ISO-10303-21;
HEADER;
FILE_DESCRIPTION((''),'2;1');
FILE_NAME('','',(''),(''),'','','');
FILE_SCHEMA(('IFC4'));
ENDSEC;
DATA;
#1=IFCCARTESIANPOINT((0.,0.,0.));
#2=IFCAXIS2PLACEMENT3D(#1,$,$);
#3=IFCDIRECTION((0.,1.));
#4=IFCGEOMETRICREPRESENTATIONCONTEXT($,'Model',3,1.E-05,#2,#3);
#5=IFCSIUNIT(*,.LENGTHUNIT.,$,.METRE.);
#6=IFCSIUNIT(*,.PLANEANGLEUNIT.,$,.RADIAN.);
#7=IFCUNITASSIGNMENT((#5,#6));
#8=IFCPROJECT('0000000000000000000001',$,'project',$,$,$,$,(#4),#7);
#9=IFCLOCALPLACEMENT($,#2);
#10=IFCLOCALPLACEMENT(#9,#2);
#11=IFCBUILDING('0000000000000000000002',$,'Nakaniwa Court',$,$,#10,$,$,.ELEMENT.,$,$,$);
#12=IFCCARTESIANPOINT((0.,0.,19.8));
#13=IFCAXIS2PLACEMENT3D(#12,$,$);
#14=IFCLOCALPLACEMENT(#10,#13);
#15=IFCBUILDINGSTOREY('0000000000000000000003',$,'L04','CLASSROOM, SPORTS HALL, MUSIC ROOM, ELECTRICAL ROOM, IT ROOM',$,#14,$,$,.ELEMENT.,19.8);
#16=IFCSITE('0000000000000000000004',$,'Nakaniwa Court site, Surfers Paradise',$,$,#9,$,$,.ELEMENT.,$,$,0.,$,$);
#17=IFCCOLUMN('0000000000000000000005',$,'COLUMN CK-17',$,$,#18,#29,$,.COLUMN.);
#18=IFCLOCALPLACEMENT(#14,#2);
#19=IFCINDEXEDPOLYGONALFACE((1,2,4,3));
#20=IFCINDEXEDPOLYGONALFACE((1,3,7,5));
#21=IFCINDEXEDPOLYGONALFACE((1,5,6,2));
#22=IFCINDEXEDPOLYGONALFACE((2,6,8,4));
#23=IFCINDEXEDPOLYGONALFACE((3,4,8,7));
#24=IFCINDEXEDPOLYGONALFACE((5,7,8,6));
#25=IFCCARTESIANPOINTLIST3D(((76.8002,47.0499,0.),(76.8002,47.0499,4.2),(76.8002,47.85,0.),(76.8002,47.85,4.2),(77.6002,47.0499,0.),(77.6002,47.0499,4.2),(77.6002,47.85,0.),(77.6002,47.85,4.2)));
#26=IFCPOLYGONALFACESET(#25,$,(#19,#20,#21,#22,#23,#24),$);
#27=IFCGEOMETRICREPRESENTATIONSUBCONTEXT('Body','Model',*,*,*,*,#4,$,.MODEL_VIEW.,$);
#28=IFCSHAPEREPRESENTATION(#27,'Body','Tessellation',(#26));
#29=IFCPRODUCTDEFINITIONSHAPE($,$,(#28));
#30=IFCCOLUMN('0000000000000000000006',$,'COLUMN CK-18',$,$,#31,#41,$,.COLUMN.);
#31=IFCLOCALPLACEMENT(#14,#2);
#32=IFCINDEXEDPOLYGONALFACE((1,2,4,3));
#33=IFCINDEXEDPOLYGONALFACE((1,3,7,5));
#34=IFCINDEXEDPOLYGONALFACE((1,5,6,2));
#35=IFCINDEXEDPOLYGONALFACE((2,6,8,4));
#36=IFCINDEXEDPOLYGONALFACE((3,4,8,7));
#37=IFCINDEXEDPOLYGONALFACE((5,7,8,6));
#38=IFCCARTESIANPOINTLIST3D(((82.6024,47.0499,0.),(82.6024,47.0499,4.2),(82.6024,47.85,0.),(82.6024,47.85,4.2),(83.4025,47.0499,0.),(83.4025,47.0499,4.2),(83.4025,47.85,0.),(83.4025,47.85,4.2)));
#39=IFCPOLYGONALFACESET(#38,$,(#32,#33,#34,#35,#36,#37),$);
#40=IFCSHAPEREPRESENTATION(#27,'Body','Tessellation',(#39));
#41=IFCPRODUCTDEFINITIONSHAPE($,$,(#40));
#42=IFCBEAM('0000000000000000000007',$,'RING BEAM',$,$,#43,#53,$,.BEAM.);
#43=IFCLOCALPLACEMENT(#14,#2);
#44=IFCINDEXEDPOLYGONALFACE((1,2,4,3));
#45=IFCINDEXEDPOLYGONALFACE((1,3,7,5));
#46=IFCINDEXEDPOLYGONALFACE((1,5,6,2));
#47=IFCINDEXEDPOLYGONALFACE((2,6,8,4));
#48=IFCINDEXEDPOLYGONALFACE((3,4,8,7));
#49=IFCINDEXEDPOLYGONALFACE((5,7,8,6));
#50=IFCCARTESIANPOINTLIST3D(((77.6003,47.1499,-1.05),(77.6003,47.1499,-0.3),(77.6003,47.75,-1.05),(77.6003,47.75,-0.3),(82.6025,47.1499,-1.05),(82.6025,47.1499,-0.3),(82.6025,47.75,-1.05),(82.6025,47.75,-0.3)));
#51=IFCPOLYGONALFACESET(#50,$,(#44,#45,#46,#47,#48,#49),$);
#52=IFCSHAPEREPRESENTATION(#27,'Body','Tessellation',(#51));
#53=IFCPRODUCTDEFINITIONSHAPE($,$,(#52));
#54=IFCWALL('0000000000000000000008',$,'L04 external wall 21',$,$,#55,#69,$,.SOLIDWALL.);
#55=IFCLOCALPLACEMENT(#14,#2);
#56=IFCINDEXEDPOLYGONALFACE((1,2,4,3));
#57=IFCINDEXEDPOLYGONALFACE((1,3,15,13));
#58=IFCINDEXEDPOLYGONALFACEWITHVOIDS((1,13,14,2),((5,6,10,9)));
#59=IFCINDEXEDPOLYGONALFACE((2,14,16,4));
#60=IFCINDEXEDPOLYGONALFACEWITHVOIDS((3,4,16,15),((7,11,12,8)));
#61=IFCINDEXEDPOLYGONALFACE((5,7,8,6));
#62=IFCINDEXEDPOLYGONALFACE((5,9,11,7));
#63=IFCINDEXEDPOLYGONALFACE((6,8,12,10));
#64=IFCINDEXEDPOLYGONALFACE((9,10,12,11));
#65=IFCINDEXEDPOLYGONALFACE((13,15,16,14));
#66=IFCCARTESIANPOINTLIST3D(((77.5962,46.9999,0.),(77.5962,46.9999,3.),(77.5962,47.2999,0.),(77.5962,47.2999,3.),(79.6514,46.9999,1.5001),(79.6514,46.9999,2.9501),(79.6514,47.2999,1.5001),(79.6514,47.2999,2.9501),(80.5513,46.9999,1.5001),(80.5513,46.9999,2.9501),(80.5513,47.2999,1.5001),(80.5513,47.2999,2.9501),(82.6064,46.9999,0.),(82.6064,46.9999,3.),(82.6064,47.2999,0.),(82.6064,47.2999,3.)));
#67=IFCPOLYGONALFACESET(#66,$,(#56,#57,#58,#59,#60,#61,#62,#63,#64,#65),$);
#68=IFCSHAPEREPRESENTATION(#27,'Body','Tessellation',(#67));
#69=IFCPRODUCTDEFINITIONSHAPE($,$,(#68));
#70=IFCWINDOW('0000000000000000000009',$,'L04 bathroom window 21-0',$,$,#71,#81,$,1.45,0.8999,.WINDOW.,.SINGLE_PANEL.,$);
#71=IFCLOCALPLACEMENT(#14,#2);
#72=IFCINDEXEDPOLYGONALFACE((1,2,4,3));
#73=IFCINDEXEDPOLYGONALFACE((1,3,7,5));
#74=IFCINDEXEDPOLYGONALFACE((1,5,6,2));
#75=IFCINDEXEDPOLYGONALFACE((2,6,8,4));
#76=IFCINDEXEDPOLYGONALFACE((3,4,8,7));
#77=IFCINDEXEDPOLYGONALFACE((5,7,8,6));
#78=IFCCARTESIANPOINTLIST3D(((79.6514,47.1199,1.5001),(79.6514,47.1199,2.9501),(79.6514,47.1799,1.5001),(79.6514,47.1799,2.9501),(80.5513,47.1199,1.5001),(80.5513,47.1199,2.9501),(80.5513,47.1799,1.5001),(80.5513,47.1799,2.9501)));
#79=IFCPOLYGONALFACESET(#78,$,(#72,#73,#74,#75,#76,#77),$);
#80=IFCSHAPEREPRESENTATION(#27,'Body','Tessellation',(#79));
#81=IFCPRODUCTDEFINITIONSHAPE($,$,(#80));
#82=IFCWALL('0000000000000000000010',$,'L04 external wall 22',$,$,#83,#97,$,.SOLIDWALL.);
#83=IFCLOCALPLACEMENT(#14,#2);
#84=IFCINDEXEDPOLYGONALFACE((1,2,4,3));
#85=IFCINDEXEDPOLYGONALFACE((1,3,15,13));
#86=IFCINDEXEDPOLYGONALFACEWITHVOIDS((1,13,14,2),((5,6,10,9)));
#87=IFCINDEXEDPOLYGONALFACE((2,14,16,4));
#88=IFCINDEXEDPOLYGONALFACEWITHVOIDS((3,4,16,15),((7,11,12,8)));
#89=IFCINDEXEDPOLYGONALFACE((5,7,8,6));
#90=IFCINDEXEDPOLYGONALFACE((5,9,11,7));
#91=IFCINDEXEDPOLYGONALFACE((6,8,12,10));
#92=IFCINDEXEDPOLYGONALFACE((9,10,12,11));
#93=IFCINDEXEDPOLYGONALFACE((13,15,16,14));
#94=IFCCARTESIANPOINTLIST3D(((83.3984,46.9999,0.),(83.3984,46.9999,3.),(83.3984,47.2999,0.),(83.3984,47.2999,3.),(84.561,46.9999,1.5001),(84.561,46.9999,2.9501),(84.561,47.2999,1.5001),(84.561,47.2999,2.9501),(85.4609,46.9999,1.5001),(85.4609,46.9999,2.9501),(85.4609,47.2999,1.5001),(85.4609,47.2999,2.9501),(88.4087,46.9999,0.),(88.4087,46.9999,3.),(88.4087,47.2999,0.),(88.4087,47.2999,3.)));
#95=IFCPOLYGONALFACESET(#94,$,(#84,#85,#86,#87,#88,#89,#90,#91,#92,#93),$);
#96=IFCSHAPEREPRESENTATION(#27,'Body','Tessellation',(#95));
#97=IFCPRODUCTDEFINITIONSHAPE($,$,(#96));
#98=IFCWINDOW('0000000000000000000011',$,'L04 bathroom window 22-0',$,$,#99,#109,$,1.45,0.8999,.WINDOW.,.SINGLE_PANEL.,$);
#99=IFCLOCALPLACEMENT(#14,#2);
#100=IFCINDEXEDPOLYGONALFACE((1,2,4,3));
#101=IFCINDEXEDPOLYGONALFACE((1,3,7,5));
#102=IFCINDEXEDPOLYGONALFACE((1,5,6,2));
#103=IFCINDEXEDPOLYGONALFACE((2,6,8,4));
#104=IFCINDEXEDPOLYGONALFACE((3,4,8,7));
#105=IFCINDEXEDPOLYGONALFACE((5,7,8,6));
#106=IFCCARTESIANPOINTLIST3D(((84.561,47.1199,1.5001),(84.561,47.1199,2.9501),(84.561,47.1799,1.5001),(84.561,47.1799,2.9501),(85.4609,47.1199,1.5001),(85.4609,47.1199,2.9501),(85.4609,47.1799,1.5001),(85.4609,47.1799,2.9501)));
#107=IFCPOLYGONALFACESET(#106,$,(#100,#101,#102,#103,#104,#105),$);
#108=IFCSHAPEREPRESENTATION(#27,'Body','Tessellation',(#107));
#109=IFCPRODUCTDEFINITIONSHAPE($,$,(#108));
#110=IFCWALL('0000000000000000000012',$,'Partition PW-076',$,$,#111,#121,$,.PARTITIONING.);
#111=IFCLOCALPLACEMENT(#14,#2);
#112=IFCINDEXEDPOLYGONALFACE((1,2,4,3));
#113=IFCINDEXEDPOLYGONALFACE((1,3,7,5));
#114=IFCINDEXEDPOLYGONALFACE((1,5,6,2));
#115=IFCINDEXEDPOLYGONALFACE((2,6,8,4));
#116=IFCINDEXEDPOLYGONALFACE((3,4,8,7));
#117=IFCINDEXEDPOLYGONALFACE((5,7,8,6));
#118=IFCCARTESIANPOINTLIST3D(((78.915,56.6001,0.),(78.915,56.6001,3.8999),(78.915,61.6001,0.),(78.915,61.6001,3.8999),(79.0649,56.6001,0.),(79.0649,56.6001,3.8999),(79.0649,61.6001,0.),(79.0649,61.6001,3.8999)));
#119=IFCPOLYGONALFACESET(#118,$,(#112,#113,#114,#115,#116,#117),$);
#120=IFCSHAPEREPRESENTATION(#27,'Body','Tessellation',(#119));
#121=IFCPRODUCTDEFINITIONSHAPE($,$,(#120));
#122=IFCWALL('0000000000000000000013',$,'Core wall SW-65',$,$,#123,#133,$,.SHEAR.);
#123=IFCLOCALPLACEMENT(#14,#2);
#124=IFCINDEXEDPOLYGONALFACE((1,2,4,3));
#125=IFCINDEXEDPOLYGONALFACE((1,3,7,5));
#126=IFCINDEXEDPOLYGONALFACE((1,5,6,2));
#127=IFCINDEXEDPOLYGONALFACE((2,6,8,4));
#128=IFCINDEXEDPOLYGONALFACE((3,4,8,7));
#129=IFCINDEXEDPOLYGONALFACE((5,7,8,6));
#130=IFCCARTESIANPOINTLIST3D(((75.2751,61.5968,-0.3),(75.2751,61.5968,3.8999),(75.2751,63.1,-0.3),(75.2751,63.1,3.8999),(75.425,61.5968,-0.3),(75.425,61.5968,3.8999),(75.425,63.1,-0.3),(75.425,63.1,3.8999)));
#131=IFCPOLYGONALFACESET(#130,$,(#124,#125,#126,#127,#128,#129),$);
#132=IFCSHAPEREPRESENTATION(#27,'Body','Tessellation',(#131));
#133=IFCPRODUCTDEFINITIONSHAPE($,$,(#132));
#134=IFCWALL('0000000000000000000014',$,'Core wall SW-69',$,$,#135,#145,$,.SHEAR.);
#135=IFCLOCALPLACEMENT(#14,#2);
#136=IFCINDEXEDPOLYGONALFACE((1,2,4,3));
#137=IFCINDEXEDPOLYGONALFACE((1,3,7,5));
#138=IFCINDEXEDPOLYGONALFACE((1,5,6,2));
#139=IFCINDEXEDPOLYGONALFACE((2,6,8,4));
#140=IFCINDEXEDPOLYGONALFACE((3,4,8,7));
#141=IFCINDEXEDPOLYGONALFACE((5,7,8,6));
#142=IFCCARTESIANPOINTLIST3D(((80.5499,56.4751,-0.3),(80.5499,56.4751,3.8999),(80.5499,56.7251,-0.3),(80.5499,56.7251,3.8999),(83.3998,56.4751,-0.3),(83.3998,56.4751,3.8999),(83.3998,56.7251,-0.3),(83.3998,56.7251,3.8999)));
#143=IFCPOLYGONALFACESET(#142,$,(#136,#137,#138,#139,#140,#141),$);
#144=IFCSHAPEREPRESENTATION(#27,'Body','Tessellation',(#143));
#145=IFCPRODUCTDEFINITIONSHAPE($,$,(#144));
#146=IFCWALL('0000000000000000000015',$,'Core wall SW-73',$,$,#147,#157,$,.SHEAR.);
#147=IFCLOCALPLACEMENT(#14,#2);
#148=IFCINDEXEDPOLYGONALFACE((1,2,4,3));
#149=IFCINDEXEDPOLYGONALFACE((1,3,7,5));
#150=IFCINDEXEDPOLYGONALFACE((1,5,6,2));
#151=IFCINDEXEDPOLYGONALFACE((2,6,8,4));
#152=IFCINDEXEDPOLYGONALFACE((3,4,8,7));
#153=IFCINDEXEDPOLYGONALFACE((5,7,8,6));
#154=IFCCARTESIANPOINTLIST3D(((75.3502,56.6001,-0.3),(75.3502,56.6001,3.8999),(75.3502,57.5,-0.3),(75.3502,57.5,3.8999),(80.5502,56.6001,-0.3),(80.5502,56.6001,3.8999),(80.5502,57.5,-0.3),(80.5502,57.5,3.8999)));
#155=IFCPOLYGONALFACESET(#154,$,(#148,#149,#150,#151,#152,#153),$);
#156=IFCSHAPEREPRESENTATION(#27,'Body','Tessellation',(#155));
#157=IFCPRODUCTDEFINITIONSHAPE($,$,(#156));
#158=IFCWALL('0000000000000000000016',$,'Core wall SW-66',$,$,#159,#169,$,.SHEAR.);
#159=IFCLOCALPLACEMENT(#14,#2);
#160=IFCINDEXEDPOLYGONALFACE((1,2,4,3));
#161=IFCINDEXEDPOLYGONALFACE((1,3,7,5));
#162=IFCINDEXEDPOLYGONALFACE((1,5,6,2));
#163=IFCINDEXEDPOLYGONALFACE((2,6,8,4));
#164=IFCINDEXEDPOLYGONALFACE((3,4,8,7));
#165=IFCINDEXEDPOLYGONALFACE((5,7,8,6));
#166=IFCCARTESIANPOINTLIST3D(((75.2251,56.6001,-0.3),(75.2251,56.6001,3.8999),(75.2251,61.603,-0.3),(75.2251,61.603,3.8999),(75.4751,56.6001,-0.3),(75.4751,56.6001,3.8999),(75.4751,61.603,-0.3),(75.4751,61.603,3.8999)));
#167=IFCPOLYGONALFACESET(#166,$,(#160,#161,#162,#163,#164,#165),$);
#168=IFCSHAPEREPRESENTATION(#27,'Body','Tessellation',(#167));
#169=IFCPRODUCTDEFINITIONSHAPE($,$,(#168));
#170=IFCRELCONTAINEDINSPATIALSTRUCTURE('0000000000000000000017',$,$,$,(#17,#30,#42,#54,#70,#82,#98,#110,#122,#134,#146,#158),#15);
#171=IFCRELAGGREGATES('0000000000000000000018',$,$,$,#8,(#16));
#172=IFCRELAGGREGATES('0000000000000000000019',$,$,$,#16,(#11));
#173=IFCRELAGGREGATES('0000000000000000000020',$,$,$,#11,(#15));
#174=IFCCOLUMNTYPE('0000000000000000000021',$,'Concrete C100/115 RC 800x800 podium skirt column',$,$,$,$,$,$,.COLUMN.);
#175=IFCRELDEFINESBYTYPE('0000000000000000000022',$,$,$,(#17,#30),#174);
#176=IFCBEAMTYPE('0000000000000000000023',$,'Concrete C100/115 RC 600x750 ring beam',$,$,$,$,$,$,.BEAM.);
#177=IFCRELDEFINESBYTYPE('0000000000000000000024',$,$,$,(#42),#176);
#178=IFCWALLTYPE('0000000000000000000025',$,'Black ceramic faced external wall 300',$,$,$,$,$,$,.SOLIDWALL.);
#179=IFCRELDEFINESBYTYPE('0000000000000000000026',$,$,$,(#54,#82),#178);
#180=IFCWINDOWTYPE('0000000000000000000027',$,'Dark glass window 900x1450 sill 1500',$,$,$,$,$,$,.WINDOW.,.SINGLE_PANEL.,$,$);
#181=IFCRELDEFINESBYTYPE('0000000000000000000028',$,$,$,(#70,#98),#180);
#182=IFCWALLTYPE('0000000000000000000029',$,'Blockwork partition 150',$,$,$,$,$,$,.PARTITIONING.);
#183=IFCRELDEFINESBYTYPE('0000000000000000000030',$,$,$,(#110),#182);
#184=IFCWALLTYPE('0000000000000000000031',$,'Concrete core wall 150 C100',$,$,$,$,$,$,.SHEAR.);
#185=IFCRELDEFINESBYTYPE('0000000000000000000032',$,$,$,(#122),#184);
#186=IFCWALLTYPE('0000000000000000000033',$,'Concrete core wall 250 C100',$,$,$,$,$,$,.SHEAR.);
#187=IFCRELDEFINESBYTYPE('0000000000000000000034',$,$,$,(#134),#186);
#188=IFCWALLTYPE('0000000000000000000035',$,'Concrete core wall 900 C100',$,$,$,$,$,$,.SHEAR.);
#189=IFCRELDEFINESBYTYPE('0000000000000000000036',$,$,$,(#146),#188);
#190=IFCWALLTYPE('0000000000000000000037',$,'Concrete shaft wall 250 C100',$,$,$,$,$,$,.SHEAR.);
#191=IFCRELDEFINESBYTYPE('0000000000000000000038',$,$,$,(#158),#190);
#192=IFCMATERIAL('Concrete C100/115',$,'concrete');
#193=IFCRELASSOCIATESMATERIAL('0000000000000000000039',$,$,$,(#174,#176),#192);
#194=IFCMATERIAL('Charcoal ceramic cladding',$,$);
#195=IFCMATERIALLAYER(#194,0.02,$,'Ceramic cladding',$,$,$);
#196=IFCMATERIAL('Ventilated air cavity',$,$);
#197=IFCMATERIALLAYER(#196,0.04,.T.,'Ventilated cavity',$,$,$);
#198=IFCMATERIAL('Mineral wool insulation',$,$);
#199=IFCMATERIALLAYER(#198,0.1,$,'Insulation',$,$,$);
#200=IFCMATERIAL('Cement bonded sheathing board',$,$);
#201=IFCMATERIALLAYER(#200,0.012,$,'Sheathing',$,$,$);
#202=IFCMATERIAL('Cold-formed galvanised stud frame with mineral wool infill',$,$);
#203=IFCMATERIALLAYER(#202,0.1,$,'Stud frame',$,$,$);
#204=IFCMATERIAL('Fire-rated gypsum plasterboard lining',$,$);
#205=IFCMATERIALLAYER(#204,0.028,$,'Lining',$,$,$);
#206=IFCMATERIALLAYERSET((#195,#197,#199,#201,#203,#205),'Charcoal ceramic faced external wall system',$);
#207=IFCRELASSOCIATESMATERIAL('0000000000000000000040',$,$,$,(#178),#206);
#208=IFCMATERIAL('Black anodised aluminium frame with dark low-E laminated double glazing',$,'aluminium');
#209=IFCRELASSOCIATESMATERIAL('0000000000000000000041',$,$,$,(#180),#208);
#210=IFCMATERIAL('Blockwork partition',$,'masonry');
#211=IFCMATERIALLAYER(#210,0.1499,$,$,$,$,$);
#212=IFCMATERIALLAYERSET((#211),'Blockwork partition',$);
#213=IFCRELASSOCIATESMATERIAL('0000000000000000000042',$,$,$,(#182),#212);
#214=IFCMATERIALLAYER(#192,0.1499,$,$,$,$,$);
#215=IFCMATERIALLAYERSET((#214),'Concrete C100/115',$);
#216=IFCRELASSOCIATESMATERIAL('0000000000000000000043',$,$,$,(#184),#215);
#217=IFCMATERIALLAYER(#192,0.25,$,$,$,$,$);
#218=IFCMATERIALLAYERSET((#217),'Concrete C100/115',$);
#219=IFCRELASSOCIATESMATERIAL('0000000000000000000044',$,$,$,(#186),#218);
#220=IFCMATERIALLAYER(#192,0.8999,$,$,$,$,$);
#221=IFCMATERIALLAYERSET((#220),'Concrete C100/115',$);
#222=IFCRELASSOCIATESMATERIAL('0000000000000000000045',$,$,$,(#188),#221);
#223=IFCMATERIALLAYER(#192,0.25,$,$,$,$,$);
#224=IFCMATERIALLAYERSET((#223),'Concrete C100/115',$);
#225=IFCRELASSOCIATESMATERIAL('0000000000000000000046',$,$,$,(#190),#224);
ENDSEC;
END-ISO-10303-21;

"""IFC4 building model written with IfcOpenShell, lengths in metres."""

from ifc_helpers import new_model, si_unit, direction, frame, frame_2d, origin, origin_2d, place, context, subcontext, project, spatial, rectangle, extrude, material, layer, layer_set, material_profile, profile_set, type_object, element, fill, save


model = new_model("IFC4")

# Units and contexts
model_context = context("Model", 3, precision=1e-05, world=origin(), true_north=direction((0.0, 1.0)))
body_context = subcontext(model_context, "Body", "Model", "MODEL_VIEW")
ifc_project = project(units=[si_unit("LENGTHUNIT", "METRE"), si_unit("PLANEANGLEUNIT", "RADIAN")], contexts=[model_context])

# Site, building, storey
site_placement = place(None, origin())
site = spatial("IfcSite", under=ifc_project, at=site_placement, Name="Nakaniwa Court site, Surfers Paradise", CompositionType="ELEMENT", RefElevation=0.0)
building_placement = place(site_placement, origin())
building = spatial("IfcBuilding", under=site, at=building_placement, Name="Nakaniwa Court", CompositionType="ELEMENT")
storey_placement = place(building_placement, frame((0.0, 0.0, 19.8)))
storey = spatial("IfcBuildingStorey", under=building, at=storey_placement, Name="L04", Description="CLASSROOM, SPORTS HALL, MUSIC ROOM, ELECTRICAL ROOM, IT ROOM", CompositionType="ELEMENT", Elevation=19.8)

# Columns
ifc_material_1 = material(Name="Concrete C100/115", Category="concrete")
ifc_material_profile_1 = material_profile(ifc_material_1, rectangle(XDim=0.8, YDim=0.8, at=origin_2d()), Name="Concrete C100/115 RC 800x800 podium skirt column")
ifc_profile_set_1 = profile_set([ifc_material_profile_1], Name="Concrete C100/115")
column_type = type_object("IfcColumnType", Name="Concrete C100/115 RC 800x800 podium skirt column", PredefinedType="COLUMN", material=ifc_profile_set_1)
for number, where, z_axis, x_axis, name in (
    (1, (77.2002, 47.45, 0.0), (0.0, 0.0, 1.0), (1.0, 0.0, 0.0), "COLUMN CK-17"),
    (2, (83.0024, 47.45, 0.0), (0.0, 0.0, 1.0), (1.0, 0.0, 0.0), "COLUMN CK-18"),
):
    element("IfcColumn", number, at=place(storey_placement, frame(where, z_axis=z_axis, x_axis=x_axis)), inside=storey, type_object=column_type, Name=name, PredefinedType="COLUMN", context=body_context, shape_type="SweptSolid", body=[
        extrude(rectangle(XDim=0.8, YDim=0.8, at=origin_2d()), origin(), (0.0, 0.0, 1.0), 4.2),
    ])

# Beam
ifc_material_profile_2 = material_profile(ifc_material_1, rectangle(XDim=0.6001, YDim=0.75, at=origin_2d()), Name="Concrete C100/115 RC 600x750 ring beam")
ifc_profile_set_2 = profile_set([ifc_material_profile_2], Name="Concrete C100/115")
beam_type = type_object("IfcBeamType", Name="Concrete C100/115 RC 600x750 ring beam", PredefinedType="BEAM", material=ifc_profile_set_2)
beam_placement = place(storey_placement, frame((77.6003, 47.45, -0.675), z_axis=(1.0, 0.0, 0.0), x_axis=(0.0, 1.0, 0.0)))
element("IfcBeam", 3, at=beam_placement, inside=storey, type_object=beam_type, Name="RING BEAM", PredefinedType="BEAM", context=body_context, shape_type="SweptSolid", body=[
    extrude(rectangle(XDim=0.6001, YDim=0.75, at=origin_2d()), origin(), (0.0, 0.0, 1.0), 5.0022),
])

# Walls, openings, windows
ifc_material_2 = material(Name="Charcoal ceramic cladding")
ifc_layer_1 = layer(ifc_material_2, 0.02, Name="Ceramic cladding")
ifc_material_3 = material(Name="Ventilated air cavity")
ifc_layer_2 = layer(ifc_material_3, 0.04, ventilated=True, Name="Ventilated cavity")
ifc_material_4 = material(Name="Mineral wool insulation")
ifc_layer_3 = layer(ifc_material_4, 0.1, Name="Insulation")
ifc_material_5 = material(Name="Cement bonded sheathing board")
ifc_layer_4 = layer(ifc_material_5, 0.012, Name="Sheathing")
ifc_material_6 = material(Name="Cold-formed galvanised stud frame with mineral wool infill")
ifc_layer_5 = layer(ifc_material_6, 0.1, Name="Stud frame")
ifc_material_7 = material(Name="Fire-rated gypsum plasterboard lining")
ifc_layer_6 = layer(ifc_material_7, 0.028, Name="Lining")
ifc_layer_set_1 = layer_set([ifc_layer_1, ifc_layer_2, ifc_layer_3, ifc_layer_4, ifc_layer_5, ifc_layer_6], Name="Charcoal ceramic faced external wall system")
wall_type_1 = type_object("IfcWallType", Name="Black ceramic faced external wall 300", PredefinedType="SOLIDWALL", material=ifc_layer_set_1)
wall_1_placement = place(storey_placement, frame((77.5962, 47.1499, 0.0), z_axis=(0.0, 0.0, 1.0), x_axis=(1.0, 0.0, 0.0)))
wall_1 = element("IfcWall", 4, at=wall_1_placement, inside=storey, type_object=wall_type_1, Name="L04 external wall 21", PredefinedType="SOLIDWALL", context=body_context, shape_type="SweptSolid", body=[
    extrude(rectangle(XDim=5.0103, YDim=0.3, at=frame_2d((2.5051, 0.0))), origin(), (0.0, 0.0, 1.0), 3.0),
])
opening_1_placement = place(wall_1_placement, frame((2.0552, 0.0, 1.5)))
opening_1 = element("IfcOpeningElement", 5, at=opening_1_placement, cuts=wall_1, PredefinedType="OPENING", context=body_context, shape_type="SweptSolid", body=[
    extrude(rectangle(XDim=0.8999, YDim=1.45, at=frame_2d((0.45, 0.7251))), frame((0.0, 0.1599, 0.0), z_axis=(0.0, -1.0, 0.0), x_axis=(1.0, 0.0, 0.0)), (0.0, 0.0, 1.0), 0.3201),
])
ifc_material_8 = material(Name="Black anodised aluminium frame with dark low-E laminated double glazing", Category="aluminium")
window_type = type_object("IfcWindowType", Name="Dark glass window 900x1450 sill 1500", PartitioningType="SINGLE_PANEL", PredefinedType="WINDOW", material=ifc_material_8)
window_1_placement = place(opening_1_placement, origin())
window_1 = element("IfcWindow", 6, at=window_1_placement, inside=storey, type_object=window_type, Name="L04 bathroom window 21-0", OverallHeight=1.45, OverallWidth=0.8999, PartitioningType="SINGLE_PANEL", PredefinedType="WINDOW", context=body_context, shape_type="SweptSolid", body=[
    extrude(rectangle(XDim=0.8999, YDim=1.45, at=frame_2d((0.45, 0.7251))), frame((0.0, 0.03, 0.0), z_axis=(0.0, -1.0, 0.0), x_axis=(1.0, 0.0, 0.0)), (0.0, 0.0, 1.0), 0.0601),
])
fill(opening_1, window_1)
wall_2_placement = place(storey_placement, frame((83.3984, 47.1499, 0.0), z_axis=(0.0, 0.0, 1.0), x_axis=(1.0, 0.0, 0.0)))
wall_2 = element("IfcWall", 7, at=wall_2_placement, inside=storey, type_object=wall_type_1, Name="L04 external wall 22", PredefinedType="SOLIDWALL", context=body_context, shape_type="SweptSolid", body=[
    extrude(rectangle(XDim=5.0103, YDim=0.3, at=frame_2d((2.5051, 0.0))), origin(), (0.0, 0.0, 1.0), 3.0),
])
opening_2_placement = place(wall_2_placement, frame((1.1626, 0.0, 1.5)))
opening_2 = element("IfcOpeningElement", 8, at=opening_2_placement, cuts=wall_2, PredefinedType="OPENING", context=body_context, shape_type="SweptSolid", body=[
    extrude(rectangle(XDim=0.8999, YDim=1.45, at=frame_2d((0.45, 0.7251))), frame((0.0, 0.1599, 0.0), z_axis=(0.0, -1.0, 0.0), x_axis=(1.0, 0.0, 0.0)), (0.0, 0.0, 1.0), 0.3201),
])
window_2_placement = place(opening_2_placement, origin())
window_2 = element("IfcWindow", 9, at=window_2_placement, inside=storey, type_object=window_type, Name="L04 bathroom window 22-0", OverallHeight=1.45, OverallWidth=0.8999, PartitioningType="SINGLE_PANEL", PredefinedType="WINDOW", context=body_context, shape_type="SweptSolid", body=[
    extrude(rectangle(XDim=0.8999, YDim=1.45, at=frame_2d((0.45, 0.7251))), frame((0.0, 0.03, 0.0), z_axis=(0.0, -1.0, 0.0), x_axis=(1.0, 0.0, 0.0)), (0.0, 0.0, 1.0), 0.0601),
])
fill(opening_2, window_2)

# Walls
ifc_material_9 = material(Name="Blockwork partition", Category="masonry")
ifc_layer_7 = layer(ifc_material_9, 0.1499)
ifc_layer_set_2 = layer_set([ifc_layer_7], Name="Blockwork partition")
wall_type_2 = type_object("IfcWallType", Name="Blockwork partition 150", PredefinedType="PARTITIONING", material=ifc_layer_set_2)
wall_3_placement = place(storey_placement, frame((78.99, 56.6001, 0.0), z_axis=(0.0, 0.0, 1.0), x_axis=(0.0, 1.0, 0.0)))
element("IfcWall", 10, at=wall_3_placement, inside=storey, type_object=wall_type_2, Name="Partition PW-076", PredefinedType="PARTITIONING", context=body_context, shape_type="SweptSolid", body=[
    extrude(rectangle(XDim=5.0, YDim=0.1499, at=frame_2d((2.5, 0.0))), origin(), (0.0, 0.0, 1.0), 3.8999),
])
ifc_layer_8 = layer(ifc_material_1, 0.1499)
ifc_layer_set_3 = layer_set([ifc_layer_8], Name="Concrete C100/115")
wall_type_3 = type_object("IfcWallType", Name="Concrete core wall 150 C100", PredefinedType="SHEAR", material=ifc_layer_set_3)
wall_4_placement = place(storey_placement, frame((75.3501, 61.5969, -0.3), z_axis=(0.0, 0.0, 1.0), x_axis=(0.0, 1.0, 0.0)))
element("IfcWall", 11, at=wall_4_placement, inside=storey, type_object=wall_type_3, Name="Core wall SW-65", PredefinedType="SHEAR", context=body_context, shape_type="SweptSolid", body=[
    extrude(rectangle(XDim=1.5032, YDim=0.1499, at=frame_2d((0.7515, 0.0))), origin(), (0.0, 0.0, 1.0), 4.2),
])
ifc_layer_9 = layer(ifc_material_1, 0.25)
ifc_layer_set_4 = layer_set([ifc_layer_9], Name="Concrete C100/115")
wall_type_4 = type_object("IfcWallType", Name="Concrete core wall 250 C100", PredefinedType="SHEAR", material=ifc_layer_set_4)
wall_5_placement = place(storey_placement, frame((80.55, 56.6001, -0.3), z_axis=(0.0, 0.0, 1.0), x_axis=(1.0, 0.0, 0.0)))
element("IfcWall", 12, at=wall_5_placement, inside=storey, type_object=wall_type_4, Name="Core wall SW-69", PredefinedType="SHEAR", context=body_context, shape_type="SweptSolid", body=[
    extrude(rectangle(XDim=2.8499, YDim=0.25, at=frame_2d((1.4248, 0.0))), origin(), (0.0, 0.0, 1.0), 4.2),
])
ifc_layer_10 = layer(ifc_material_1, 0.8999)
ifc_layer_set_5 = layer_set([ifc_layer_10], Name="Concrete C100/115")
wall_type_5 = type_object("IfcWallType", Name="Concrete core wall 900 C100", PredefinedType="SHEAR", material=ifc_layer_set_5)
wall_6_placement = place(storey_placement, frame((75.3501, 57.05, -0.3), z_axis=(0.0, 0.0, 1.0), x_axis=(1.0, 0.0, 0.0)))
element("IfcWall", 13, at=wall_6_placement, inside=storey, type_object=wall_type_5, Name="Core wall SW-73", PredefinedType="SHEAR", context=body_context, shape_type="SweptSolid", body=[
    extrude(rectangle(XDim=5.2, YDim=0.8999, at=frame_2d((2.6001, 0.0))), origin(), (0.0, 0.0, 1.0), 4.2),
])
ifc_layer_11 = layer(ifc_material_1, 0.25)
ifc_layer_set_6 = layer_set([ifc_layer_11], Name="Concrete C100/115")
wall_type_6 = type_object("IfcWallType", Name="Concrete shaft wall 250 C100", PredefinedType="SHEAR", material=ifc_layer_set_6)
for number, where, z_axis, x_axis, name in (
    (14, (75.3501, 56.6001, -0.3), (0.0, 0.0, 1.0), (0.0, 1.0, 0.0), "Core wall SW-66"),
):
    element("IfcWall", number, at=place(storey_placement, frame(where, z_axis=z_axis, x_axis=x_axis)), inside=storey, type_object=wall_type_6, Name=name, PredefinedType="SHEAR", context=body_context, shape_type="SweptSolid", body=[
        extrude(rectangle(XDim=5.0029, YDim=0.25, at=frame_2d((2.5015, 0.0))), origin(), (0.0, 0.0, 1.0), 4.2),
    ])

save(model, "model.ifc")
